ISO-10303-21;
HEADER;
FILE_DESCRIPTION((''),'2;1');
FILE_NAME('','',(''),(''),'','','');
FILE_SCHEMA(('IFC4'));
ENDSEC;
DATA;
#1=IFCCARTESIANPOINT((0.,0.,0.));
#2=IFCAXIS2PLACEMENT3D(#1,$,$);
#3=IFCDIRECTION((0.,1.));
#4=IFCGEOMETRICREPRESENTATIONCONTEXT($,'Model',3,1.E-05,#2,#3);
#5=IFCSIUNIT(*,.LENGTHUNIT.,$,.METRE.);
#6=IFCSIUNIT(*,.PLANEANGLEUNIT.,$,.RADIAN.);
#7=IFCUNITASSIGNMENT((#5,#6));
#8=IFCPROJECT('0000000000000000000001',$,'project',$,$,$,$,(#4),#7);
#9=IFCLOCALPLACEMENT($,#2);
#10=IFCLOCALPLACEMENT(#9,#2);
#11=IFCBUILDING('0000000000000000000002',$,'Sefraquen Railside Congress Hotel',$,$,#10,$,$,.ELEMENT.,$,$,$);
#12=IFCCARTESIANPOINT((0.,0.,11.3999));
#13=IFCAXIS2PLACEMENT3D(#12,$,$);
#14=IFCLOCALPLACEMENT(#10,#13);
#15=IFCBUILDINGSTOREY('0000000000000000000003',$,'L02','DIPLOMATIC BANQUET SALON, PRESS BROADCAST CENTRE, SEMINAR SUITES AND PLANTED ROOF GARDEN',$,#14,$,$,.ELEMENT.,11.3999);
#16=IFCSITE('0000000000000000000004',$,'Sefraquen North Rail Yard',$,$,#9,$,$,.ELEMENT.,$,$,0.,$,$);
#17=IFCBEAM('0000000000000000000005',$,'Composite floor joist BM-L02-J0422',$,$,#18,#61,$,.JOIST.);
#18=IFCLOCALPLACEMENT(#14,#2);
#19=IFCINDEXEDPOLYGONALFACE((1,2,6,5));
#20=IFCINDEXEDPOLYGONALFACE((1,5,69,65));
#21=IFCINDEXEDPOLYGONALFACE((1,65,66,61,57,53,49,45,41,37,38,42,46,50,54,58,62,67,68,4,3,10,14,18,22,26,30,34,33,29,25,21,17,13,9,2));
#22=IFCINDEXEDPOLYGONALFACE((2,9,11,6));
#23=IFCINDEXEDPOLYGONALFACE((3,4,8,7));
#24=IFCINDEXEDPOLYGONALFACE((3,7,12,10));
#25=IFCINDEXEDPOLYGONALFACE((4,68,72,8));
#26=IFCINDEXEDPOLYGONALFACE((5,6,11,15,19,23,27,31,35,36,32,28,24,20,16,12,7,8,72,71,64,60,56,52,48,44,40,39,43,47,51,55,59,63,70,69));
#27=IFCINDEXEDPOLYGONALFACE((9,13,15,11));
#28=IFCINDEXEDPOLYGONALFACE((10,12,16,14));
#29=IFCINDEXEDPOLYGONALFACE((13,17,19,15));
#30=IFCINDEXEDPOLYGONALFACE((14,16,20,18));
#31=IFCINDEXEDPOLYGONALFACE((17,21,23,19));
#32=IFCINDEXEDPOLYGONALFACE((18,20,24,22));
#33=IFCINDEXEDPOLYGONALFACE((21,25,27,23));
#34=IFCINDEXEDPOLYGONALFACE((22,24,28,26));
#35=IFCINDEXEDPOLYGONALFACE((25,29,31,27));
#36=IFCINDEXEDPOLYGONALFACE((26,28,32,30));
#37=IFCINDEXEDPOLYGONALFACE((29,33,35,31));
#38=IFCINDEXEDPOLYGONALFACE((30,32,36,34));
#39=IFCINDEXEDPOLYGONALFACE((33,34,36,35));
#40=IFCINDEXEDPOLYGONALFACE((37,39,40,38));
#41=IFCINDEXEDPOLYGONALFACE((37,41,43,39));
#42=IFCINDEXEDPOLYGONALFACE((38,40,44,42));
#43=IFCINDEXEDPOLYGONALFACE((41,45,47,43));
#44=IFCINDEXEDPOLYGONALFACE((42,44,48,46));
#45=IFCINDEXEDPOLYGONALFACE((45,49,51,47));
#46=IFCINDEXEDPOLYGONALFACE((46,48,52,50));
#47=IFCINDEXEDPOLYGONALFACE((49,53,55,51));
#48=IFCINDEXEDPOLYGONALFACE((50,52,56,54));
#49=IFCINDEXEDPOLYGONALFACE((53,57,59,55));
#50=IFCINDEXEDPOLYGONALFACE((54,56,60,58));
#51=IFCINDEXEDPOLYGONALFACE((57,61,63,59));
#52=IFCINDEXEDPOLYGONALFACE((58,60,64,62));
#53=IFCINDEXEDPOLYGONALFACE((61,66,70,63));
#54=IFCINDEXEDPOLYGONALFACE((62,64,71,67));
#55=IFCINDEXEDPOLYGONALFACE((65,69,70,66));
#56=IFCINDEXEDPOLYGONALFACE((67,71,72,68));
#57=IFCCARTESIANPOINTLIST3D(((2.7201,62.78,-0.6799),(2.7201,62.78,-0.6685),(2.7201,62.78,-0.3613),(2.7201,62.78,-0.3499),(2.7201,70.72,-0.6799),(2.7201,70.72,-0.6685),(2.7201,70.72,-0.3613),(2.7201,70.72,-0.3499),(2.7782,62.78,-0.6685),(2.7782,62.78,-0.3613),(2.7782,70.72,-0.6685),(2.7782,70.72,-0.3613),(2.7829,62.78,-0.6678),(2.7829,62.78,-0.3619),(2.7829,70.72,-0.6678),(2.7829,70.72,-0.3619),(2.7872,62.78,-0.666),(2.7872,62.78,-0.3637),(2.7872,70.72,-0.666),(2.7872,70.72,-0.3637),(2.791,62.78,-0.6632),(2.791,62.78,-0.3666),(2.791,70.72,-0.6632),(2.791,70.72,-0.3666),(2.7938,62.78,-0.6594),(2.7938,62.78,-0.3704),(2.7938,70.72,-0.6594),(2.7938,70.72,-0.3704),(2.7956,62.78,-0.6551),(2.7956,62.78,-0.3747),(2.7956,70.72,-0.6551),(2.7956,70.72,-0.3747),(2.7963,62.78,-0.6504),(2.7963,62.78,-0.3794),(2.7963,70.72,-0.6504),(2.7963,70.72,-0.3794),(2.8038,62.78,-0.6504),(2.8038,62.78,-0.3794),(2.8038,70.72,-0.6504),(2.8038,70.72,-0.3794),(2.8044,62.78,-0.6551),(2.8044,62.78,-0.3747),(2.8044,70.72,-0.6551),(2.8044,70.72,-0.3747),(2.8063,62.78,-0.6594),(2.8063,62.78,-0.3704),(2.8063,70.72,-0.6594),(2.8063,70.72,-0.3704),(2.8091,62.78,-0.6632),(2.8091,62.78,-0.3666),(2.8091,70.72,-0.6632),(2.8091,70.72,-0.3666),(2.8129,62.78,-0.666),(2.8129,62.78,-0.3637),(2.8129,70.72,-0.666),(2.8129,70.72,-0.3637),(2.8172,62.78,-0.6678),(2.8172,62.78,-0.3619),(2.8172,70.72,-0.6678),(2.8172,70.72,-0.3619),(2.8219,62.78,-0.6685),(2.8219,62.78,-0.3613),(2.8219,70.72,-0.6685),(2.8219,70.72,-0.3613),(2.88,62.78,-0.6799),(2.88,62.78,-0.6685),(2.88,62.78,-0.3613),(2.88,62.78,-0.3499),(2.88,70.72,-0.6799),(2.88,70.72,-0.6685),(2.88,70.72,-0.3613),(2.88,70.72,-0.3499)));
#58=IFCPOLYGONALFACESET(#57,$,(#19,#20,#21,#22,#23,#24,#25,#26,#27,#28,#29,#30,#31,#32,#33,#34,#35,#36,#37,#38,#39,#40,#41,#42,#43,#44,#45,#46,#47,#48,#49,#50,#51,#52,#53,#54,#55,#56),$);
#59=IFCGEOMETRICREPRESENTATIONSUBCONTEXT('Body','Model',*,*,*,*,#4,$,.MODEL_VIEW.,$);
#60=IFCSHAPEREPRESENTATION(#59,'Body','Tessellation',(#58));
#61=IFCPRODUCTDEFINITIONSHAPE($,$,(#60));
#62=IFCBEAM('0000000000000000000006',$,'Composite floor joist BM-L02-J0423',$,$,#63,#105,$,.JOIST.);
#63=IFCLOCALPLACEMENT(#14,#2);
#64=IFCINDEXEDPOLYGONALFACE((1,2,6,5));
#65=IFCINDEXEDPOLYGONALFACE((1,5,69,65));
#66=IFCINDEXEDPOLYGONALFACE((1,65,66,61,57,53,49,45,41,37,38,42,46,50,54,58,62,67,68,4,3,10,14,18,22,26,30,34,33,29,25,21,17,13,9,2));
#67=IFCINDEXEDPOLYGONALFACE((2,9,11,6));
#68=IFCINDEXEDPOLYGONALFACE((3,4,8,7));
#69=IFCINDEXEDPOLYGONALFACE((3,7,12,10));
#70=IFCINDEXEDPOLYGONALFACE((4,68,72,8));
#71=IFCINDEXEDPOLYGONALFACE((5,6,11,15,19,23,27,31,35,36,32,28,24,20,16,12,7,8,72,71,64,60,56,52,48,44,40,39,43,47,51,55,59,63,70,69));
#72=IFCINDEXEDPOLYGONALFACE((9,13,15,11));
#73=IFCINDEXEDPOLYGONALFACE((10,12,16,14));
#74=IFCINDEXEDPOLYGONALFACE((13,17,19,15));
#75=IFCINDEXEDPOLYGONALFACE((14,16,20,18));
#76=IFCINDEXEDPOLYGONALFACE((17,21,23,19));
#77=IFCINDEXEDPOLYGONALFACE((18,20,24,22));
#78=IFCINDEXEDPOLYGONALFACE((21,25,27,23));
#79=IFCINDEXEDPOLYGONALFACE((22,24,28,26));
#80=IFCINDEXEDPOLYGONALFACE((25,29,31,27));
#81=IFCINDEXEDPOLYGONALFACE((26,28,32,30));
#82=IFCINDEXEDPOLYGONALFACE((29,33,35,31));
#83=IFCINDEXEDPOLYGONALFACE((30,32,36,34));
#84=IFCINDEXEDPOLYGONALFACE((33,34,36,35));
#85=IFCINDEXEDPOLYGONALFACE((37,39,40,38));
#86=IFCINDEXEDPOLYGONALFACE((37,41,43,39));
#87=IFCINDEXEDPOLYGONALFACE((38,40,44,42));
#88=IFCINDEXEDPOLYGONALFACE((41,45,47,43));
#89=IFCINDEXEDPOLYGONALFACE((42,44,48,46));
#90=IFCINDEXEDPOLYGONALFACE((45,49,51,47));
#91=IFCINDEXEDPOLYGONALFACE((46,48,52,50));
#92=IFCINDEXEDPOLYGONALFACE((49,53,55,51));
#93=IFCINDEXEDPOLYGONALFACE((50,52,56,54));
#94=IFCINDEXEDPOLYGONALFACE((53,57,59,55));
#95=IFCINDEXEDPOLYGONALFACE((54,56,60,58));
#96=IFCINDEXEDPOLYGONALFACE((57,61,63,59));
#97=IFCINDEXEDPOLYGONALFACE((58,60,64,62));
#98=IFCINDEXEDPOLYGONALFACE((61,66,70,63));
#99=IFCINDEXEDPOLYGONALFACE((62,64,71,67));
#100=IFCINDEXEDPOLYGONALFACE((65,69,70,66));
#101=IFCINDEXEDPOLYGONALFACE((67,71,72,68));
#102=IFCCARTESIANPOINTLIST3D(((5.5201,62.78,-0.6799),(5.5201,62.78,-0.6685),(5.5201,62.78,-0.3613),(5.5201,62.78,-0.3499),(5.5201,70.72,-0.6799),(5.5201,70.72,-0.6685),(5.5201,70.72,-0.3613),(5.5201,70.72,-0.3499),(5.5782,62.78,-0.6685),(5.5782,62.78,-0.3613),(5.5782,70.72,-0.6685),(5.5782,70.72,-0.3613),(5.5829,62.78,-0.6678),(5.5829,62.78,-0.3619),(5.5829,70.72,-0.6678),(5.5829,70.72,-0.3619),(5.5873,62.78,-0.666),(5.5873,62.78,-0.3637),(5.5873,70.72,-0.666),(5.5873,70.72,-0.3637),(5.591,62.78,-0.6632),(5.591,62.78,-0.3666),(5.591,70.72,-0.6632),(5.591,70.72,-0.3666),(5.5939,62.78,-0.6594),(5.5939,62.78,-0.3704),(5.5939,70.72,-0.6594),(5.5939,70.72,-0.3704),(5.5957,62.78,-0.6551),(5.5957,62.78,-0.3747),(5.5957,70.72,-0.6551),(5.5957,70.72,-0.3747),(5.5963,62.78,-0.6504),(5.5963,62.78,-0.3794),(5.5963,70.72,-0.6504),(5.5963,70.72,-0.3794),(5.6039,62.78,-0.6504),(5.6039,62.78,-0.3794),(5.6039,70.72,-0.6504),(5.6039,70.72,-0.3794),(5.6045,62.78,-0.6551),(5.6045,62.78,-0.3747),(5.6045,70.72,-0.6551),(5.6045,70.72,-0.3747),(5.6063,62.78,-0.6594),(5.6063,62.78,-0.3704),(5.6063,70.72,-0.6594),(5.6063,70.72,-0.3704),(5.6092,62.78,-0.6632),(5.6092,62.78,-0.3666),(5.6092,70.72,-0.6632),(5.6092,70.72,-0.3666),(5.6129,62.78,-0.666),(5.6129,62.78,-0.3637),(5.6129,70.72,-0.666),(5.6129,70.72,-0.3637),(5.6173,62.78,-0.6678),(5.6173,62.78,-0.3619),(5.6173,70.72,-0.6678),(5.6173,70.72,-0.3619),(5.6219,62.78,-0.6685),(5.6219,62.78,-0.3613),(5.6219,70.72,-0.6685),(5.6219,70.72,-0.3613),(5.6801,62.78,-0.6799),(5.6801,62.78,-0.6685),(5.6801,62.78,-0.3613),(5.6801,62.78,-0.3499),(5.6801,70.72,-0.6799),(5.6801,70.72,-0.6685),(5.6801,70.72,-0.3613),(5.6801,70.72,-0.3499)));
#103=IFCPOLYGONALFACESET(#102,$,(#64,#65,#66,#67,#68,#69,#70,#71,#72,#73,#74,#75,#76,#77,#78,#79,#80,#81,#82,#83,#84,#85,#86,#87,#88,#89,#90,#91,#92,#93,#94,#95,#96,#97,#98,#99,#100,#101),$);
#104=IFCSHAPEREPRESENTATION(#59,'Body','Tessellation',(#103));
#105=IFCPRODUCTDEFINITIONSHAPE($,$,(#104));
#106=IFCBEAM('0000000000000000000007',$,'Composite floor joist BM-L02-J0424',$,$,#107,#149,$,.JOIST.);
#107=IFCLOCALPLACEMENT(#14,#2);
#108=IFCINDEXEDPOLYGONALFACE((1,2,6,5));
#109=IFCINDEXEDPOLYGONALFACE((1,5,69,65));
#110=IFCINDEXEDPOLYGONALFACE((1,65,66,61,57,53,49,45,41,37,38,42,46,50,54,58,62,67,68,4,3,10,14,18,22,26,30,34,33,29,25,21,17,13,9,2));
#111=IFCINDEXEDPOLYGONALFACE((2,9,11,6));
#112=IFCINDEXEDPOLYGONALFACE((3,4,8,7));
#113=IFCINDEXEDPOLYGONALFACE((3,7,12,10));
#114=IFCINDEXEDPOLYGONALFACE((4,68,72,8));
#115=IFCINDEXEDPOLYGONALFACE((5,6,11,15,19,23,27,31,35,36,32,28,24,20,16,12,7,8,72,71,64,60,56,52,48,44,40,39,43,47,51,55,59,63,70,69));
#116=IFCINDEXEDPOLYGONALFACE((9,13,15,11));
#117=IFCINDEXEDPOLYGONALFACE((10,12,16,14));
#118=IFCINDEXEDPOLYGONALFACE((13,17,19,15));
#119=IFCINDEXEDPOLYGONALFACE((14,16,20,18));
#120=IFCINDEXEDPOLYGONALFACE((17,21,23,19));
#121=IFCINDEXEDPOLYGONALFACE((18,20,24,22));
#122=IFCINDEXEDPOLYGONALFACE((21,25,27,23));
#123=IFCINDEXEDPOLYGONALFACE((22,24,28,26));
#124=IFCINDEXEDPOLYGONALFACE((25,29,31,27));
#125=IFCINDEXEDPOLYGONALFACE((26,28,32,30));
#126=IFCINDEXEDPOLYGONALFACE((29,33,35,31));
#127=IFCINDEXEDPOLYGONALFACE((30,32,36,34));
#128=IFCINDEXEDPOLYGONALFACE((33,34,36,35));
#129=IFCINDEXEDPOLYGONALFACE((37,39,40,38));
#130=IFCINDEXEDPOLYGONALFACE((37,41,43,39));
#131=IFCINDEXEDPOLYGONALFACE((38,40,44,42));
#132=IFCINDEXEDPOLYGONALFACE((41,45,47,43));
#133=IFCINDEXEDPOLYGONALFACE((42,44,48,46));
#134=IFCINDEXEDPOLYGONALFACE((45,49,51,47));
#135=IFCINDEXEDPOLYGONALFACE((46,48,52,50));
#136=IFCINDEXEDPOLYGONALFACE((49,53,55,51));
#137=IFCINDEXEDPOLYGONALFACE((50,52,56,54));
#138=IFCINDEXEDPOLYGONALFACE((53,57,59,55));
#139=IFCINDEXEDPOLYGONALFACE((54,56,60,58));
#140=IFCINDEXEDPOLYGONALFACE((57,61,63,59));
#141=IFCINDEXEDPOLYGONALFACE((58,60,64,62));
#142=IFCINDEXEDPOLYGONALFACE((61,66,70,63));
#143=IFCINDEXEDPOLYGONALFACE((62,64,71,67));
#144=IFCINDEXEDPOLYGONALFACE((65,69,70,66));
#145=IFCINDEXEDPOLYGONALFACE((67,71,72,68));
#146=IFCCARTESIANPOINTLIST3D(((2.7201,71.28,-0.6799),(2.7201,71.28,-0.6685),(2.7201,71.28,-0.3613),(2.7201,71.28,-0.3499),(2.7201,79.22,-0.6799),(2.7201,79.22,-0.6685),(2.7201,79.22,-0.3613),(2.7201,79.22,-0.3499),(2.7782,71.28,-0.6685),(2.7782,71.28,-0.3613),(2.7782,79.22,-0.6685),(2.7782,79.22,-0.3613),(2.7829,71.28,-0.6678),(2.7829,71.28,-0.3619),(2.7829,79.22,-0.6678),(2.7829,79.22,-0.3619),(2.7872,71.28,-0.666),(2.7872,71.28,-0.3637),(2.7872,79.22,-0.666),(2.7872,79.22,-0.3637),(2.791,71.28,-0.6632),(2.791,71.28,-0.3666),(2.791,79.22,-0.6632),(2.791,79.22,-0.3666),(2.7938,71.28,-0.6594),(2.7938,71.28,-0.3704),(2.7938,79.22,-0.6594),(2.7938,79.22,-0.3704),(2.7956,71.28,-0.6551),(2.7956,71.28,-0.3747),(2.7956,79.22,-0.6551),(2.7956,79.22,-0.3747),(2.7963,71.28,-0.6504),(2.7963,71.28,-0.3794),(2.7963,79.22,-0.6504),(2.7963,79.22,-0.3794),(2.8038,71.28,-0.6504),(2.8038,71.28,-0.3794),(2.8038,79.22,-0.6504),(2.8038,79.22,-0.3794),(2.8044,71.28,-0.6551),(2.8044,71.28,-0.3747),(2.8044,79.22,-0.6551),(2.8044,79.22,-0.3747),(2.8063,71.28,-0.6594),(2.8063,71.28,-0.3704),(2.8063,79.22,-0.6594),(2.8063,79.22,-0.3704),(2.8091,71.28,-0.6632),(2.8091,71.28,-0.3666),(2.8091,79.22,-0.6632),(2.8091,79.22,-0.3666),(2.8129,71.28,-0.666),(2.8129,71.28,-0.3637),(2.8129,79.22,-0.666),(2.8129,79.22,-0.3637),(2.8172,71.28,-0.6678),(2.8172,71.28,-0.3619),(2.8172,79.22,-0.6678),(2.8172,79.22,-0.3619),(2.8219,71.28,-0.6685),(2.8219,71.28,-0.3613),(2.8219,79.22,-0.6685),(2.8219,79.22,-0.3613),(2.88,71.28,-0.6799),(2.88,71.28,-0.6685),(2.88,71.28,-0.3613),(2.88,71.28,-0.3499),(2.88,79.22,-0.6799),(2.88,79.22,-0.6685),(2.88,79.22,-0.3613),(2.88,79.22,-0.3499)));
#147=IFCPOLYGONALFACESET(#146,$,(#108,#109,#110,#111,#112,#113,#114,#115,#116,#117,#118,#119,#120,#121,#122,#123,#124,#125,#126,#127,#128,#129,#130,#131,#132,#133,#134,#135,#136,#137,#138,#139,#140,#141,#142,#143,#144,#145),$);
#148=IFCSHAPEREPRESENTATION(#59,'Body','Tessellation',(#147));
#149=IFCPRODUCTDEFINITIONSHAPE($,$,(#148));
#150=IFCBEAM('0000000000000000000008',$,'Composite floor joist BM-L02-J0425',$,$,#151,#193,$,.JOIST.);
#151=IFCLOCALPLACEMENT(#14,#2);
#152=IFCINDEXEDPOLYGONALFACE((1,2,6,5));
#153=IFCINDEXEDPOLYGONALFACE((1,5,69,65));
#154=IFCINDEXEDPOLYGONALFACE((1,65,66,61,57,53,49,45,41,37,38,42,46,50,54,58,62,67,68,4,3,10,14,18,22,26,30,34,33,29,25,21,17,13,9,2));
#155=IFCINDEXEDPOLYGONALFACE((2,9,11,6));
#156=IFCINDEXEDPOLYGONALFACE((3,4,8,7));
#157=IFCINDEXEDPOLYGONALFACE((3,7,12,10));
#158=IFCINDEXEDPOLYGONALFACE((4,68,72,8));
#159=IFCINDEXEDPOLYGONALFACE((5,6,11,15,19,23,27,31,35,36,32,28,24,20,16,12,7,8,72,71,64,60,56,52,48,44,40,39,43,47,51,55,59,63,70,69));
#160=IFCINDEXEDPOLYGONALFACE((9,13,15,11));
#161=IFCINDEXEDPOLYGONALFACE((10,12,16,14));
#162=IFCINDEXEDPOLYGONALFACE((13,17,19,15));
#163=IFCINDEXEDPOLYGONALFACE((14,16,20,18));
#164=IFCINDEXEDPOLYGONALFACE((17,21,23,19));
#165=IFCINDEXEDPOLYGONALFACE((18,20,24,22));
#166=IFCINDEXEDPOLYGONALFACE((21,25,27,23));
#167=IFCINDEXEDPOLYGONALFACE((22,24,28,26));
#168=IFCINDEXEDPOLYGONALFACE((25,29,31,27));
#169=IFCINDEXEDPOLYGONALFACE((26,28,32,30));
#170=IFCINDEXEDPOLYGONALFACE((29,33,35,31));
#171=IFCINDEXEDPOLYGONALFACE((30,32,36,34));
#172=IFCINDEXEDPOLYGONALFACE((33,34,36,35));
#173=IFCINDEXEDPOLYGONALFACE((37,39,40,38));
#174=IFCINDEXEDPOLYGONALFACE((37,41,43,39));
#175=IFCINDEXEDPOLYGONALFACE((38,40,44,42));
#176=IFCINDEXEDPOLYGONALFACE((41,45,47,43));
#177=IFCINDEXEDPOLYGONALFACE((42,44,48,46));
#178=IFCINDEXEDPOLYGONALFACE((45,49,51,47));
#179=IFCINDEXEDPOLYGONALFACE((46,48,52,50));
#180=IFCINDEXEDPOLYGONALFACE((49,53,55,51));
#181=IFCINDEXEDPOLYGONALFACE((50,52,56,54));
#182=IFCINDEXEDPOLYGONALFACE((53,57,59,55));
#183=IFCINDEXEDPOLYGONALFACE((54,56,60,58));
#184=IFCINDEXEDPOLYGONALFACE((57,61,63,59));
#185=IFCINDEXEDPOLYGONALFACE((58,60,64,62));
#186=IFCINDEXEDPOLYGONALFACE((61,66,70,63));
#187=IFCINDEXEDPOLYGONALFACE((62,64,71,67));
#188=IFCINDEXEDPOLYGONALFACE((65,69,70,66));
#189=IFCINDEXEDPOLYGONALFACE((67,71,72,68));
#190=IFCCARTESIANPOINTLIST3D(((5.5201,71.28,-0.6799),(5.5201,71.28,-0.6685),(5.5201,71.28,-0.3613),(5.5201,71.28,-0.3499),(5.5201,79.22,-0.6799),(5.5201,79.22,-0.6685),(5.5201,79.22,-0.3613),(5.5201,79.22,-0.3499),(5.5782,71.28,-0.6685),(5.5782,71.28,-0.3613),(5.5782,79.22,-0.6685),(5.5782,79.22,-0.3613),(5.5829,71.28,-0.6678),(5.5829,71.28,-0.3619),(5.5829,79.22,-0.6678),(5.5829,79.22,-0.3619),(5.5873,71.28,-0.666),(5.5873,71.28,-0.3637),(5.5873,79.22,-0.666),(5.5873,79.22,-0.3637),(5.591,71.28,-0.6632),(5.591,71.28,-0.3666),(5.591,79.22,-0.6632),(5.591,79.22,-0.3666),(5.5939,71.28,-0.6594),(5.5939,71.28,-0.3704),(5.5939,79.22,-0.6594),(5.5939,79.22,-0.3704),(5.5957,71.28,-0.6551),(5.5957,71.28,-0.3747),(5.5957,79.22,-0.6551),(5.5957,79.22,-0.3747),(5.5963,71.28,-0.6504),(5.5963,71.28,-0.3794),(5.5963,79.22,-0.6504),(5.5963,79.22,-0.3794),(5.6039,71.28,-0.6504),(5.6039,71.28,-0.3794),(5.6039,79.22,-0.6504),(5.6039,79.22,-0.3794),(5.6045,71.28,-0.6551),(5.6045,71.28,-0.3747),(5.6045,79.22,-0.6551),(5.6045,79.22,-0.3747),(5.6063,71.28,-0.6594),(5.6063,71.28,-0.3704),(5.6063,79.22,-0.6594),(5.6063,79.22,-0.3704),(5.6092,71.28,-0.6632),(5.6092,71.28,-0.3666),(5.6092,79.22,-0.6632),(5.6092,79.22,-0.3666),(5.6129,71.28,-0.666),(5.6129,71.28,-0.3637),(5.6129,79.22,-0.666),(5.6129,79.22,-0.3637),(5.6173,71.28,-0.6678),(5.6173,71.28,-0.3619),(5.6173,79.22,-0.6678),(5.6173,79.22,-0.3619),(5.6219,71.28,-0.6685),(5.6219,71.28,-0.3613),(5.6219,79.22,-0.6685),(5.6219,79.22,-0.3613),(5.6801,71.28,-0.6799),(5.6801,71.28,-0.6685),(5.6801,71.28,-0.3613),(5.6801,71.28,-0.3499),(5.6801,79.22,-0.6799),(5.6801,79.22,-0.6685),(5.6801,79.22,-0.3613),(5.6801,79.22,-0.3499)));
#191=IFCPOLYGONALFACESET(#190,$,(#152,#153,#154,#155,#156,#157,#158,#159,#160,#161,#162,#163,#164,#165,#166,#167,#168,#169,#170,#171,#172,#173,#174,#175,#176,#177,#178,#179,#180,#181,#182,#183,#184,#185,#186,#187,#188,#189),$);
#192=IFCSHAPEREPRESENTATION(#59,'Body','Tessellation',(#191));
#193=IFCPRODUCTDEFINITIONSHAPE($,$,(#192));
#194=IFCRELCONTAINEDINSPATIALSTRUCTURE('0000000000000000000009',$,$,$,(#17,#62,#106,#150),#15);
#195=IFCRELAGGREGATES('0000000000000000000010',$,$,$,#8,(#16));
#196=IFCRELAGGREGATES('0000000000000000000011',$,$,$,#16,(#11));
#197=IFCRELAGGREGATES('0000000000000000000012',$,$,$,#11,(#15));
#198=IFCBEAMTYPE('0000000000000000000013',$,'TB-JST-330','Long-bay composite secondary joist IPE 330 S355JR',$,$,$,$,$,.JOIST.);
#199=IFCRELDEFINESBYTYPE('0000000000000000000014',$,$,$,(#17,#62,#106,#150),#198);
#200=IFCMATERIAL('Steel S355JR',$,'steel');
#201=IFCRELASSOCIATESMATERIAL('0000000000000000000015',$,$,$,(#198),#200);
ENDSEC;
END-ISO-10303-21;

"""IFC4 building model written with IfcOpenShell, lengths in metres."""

from ifc_helpers import new_model, si_unit, direction, frame, origin, origin_2d, place, context, subcontext, project, spatial, i_section, extrude, material, material_profile, profile_set, type_object, element, save


model = new_model("IFC4")

# Units and contexts
model_context = context("Model", 3, precision=1e-05, world=origin(), true_north=direction((0.0, 1.0)))
body_context = subcontext(model_context, "Body", "Model", "MODEL_VIEW")
ifc_project = project(units=[si_unit("LENGTHUNIT", "METRE"), si_unit("PLANEANGLEUNIT", "RADIAN")], contexts=[model_context])

# Site, building, storey
site_placement = place(None, origin())
site = spatial("IfcSite", under=ifc_project, at=site_placement, Name="Sefraquen North Rail Yard", CompositionType="ELEMENT", RefElevation=0.0)
building_placement = place(site_placement, origin())
building = spatial("IfcBuilding", under=site, at=building_placement, Name="Sefraquen Railside Congress Hotel", CompositionType="ELEMENT")
storey_placement = place(building_placement, frame((0.0, 0.0, 11.3999)))
storey = spatial("IfcBuildingStorey", under=building, at=storey_placement, Name="L02", Description="DIPLOMATIC BANQUET SALON, PRESS BROADCAST CENTRE, SEMINAR SUITES AND PLANTED ROOF GARDEN", CompositionType="ELEMENT", Elevation=11.3999)

# Shared definitions
ifc_material_1 = material(Name="Steel S355JR", Category="steel")

# Beams
ifc_material_profile_1 = material_profile(ifc_material_1, i_section(OverallWidth=0.1599, OverallDepth=0.3301, WebThickness=0.0076, FlangeThickness=0.0115, FilletRadius=0.0181, at=origin_2d()), Name="IPE 330")
ifc_profile_set_1 = profile_set([ifc_material_profile_1], Name="Steel S355JR")
beam_type_1 = type_object("IfcBeamType", Name="TB-JST-330", Description="Long-bay composite secondary joist IPE 330 S355JR", PredefinedType="JOIST", material=ifc_profile_set_1)
for number, where, z_axis, x_axis, name in (
    (1, (2.8, 62.78, -0.5149), (0.0, 1.0, 0.0), (-1.0, 0.0, 0.0), "Composite floor joist BM-L02-J0422"),
    (2, (5.6001, 62.78, -0.5149), (0.0, 1.0, 0.0), (-1.0, 0.0, 0.0), "Composite floor joist BM-L02-J0423"),
    (3, (2.8, 71.28, -0.5149), (0.0, 1.0, 0.0), (-1.0, 0.0, 0.0), "Composite floor joist BM-L02-J0424"),
    (4, (5.6001, 71.28, -0.5149), (0.0, 1.0, 0.0), (-1.0, 0.0, 0.0), "Composite floor joist BM-L02-J0425"),
):
    element("IfcBeam", number, at=place(storey_placement, frame(where, z_axis=z_axis, x_axis=x_axis)), inside=storey, type_object=beam_type_1, Name=name, PredefinedType="JOIST", context=body_context, shape_type="SweptSolid", body=[
        extrude(i_section(OverallWidth=0.1599, OverallDepth=0.3301, WebThickness=0.0076, FlangeThickness=0.0115, FilletRadius=0.0181, at=origin_2d()), origin(), (0.0, 0.0, 1.0), 7.9399),
    ])

save(model, "model.ifc")
